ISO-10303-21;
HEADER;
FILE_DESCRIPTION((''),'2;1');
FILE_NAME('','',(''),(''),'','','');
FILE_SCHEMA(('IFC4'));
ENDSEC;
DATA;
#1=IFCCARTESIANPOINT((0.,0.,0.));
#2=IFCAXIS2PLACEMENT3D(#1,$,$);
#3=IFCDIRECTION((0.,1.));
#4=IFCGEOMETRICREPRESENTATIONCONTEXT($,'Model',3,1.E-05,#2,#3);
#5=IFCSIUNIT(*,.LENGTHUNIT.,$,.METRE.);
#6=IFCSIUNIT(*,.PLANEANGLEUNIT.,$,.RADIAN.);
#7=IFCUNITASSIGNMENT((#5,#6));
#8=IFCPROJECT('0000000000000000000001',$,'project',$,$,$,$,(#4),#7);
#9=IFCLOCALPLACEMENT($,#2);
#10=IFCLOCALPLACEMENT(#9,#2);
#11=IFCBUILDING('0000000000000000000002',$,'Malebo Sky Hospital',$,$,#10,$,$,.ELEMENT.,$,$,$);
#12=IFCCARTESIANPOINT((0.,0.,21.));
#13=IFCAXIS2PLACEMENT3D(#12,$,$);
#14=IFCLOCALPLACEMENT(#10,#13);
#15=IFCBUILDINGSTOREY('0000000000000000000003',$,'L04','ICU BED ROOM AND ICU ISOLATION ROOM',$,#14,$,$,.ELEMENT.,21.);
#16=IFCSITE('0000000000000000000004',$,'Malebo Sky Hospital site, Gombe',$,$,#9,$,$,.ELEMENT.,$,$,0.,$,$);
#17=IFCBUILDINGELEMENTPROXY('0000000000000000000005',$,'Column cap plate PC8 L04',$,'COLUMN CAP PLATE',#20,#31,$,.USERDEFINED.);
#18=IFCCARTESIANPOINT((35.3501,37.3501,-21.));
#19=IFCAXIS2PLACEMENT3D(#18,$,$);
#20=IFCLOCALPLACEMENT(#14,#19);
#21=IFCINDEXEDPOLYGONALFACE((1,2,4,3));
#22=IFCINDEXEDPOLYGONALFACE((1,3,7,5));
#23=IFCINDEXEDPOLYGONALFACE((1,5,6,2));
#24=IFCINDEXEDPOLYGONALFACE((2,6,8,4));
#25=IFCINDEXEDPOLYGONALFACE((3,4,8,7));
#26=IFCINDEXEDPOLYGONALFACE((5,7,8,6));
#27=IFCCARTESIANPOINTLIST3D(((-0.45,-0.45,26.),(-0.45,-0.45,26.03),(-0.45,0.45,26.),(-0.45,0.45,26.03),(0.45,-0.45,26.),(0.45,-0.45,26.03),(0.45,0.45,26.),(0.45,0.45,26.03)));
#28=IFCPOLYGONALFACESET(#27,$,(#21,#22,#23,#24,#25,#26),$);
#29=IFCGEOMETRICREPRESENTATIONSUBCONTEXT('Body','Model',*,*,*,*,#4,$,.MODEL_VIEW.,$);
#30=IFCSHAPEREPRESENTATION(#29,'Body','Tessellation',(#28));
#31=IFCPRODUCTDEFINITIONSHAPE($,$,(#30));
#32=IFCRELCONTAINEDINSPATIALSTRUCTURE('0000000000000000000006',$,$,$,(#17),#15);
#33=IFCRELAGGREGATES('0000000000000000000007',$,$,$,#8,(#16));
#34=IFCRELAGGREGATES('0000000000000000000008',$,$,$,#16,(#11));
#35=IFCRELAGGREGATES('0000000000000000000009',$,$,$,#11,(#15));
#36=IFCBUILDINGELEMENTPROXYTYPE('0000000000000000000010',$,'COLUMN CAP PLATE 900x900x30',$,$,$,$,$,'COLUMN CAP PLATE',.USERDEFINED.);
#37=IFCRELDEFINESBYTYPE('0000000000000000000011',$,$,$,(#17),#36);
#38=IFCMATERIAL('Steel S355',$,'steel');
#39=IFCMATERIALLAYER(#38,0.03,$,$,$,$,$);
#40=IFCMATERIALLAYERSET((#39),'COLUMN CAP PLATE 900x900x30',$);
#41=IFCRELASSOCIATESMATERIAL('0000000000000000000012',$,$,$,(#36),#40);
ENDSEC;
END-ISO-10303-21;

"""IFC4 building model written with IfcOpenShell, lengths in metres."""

from ifc_helpers import new_model, si_unit, direction, frame, origin, origin_2d, place, context, subcontext, project, spatial, rectangle, extrude, material, layer, layer_set, type_object, element, save


model = new_model("IFC4")

# Units and contexts
model_context = context("Model", 3, precision=1e-05, world=origin(), true_north=direction((0.0, 1.0)))
body_context = subcontext(model_context, "Body", "Model", "MODEL_VIEW")
ifc_project = project(units=[si_unit("LENGTHUNIT", "METRE"), si_unit("PLANEANGLEUNIT", "RADIAN")], contexts=[model_context])

# Site, building, storey
site_placement = place(None, origin())
site = spatial("IfcSite", under=ifc_project, at=site_placement, Name="Malebo Sky Hospital site, Gombe", CompositionType="ELEMENT", RefElevation=0.0)
building_placement = place(site_placement, origin())
building = spatial("IfcBuilding", under=site, at=building_placement, Name="Malebo Sky Hospital", CompositionType="ELEMENT")
storey_placement = place(building_placement, frame((0.0, 0.0, 21.0)))
storey = spatial("IfcBuildingStorey", under=building, at=storey_placement, Name="L04", Description="ICU BED ROOM AND ICU ISOLATION ROOM", CompositionType="ELEMENT", Elevation=21.0)

# Shared definitions
ifc_material_1 = material(Name="Steel S355", Category="steel")

# Building element proxy
ifc_layer_1 = layer(ifc_material_1, 0.03)
ifc_layer_set_1 = layer_set([ifc_layer_1], Name="COLUMN CAP PLATE 900x900x30")
building_element_proxy_type = type_object("IfcBuildingElementProxyType", Name="COLUMN CAP PLATE 900x900x30", ElementType="COLUMN CAP PLATE", PredefinedType="USERDEFINED", material=ifc_layer_set_1)
proxy_placement = place(storey_placement, frame((35.3501, 37.3501, -21.0)))
element("IfcBuildingElementProxy", 1, at=proxy_placement, inside=storey, type_object=building_element_proxy_type, Name="Column cap plate PC8 L04", ObjectType="COLUMN CAP PLATE", PredefinedType="USERDEFINED", context=body_context, shape_type="SweptSolid", body=[
    extrude(rectangle(XDim=0.8999, YDim=0.8999, at=origin_2d()), frame((0.0, 0.0, 26.0)), (0.0, 0.0, 1.0), 0.03),
])

save(model, "model.ifc")
